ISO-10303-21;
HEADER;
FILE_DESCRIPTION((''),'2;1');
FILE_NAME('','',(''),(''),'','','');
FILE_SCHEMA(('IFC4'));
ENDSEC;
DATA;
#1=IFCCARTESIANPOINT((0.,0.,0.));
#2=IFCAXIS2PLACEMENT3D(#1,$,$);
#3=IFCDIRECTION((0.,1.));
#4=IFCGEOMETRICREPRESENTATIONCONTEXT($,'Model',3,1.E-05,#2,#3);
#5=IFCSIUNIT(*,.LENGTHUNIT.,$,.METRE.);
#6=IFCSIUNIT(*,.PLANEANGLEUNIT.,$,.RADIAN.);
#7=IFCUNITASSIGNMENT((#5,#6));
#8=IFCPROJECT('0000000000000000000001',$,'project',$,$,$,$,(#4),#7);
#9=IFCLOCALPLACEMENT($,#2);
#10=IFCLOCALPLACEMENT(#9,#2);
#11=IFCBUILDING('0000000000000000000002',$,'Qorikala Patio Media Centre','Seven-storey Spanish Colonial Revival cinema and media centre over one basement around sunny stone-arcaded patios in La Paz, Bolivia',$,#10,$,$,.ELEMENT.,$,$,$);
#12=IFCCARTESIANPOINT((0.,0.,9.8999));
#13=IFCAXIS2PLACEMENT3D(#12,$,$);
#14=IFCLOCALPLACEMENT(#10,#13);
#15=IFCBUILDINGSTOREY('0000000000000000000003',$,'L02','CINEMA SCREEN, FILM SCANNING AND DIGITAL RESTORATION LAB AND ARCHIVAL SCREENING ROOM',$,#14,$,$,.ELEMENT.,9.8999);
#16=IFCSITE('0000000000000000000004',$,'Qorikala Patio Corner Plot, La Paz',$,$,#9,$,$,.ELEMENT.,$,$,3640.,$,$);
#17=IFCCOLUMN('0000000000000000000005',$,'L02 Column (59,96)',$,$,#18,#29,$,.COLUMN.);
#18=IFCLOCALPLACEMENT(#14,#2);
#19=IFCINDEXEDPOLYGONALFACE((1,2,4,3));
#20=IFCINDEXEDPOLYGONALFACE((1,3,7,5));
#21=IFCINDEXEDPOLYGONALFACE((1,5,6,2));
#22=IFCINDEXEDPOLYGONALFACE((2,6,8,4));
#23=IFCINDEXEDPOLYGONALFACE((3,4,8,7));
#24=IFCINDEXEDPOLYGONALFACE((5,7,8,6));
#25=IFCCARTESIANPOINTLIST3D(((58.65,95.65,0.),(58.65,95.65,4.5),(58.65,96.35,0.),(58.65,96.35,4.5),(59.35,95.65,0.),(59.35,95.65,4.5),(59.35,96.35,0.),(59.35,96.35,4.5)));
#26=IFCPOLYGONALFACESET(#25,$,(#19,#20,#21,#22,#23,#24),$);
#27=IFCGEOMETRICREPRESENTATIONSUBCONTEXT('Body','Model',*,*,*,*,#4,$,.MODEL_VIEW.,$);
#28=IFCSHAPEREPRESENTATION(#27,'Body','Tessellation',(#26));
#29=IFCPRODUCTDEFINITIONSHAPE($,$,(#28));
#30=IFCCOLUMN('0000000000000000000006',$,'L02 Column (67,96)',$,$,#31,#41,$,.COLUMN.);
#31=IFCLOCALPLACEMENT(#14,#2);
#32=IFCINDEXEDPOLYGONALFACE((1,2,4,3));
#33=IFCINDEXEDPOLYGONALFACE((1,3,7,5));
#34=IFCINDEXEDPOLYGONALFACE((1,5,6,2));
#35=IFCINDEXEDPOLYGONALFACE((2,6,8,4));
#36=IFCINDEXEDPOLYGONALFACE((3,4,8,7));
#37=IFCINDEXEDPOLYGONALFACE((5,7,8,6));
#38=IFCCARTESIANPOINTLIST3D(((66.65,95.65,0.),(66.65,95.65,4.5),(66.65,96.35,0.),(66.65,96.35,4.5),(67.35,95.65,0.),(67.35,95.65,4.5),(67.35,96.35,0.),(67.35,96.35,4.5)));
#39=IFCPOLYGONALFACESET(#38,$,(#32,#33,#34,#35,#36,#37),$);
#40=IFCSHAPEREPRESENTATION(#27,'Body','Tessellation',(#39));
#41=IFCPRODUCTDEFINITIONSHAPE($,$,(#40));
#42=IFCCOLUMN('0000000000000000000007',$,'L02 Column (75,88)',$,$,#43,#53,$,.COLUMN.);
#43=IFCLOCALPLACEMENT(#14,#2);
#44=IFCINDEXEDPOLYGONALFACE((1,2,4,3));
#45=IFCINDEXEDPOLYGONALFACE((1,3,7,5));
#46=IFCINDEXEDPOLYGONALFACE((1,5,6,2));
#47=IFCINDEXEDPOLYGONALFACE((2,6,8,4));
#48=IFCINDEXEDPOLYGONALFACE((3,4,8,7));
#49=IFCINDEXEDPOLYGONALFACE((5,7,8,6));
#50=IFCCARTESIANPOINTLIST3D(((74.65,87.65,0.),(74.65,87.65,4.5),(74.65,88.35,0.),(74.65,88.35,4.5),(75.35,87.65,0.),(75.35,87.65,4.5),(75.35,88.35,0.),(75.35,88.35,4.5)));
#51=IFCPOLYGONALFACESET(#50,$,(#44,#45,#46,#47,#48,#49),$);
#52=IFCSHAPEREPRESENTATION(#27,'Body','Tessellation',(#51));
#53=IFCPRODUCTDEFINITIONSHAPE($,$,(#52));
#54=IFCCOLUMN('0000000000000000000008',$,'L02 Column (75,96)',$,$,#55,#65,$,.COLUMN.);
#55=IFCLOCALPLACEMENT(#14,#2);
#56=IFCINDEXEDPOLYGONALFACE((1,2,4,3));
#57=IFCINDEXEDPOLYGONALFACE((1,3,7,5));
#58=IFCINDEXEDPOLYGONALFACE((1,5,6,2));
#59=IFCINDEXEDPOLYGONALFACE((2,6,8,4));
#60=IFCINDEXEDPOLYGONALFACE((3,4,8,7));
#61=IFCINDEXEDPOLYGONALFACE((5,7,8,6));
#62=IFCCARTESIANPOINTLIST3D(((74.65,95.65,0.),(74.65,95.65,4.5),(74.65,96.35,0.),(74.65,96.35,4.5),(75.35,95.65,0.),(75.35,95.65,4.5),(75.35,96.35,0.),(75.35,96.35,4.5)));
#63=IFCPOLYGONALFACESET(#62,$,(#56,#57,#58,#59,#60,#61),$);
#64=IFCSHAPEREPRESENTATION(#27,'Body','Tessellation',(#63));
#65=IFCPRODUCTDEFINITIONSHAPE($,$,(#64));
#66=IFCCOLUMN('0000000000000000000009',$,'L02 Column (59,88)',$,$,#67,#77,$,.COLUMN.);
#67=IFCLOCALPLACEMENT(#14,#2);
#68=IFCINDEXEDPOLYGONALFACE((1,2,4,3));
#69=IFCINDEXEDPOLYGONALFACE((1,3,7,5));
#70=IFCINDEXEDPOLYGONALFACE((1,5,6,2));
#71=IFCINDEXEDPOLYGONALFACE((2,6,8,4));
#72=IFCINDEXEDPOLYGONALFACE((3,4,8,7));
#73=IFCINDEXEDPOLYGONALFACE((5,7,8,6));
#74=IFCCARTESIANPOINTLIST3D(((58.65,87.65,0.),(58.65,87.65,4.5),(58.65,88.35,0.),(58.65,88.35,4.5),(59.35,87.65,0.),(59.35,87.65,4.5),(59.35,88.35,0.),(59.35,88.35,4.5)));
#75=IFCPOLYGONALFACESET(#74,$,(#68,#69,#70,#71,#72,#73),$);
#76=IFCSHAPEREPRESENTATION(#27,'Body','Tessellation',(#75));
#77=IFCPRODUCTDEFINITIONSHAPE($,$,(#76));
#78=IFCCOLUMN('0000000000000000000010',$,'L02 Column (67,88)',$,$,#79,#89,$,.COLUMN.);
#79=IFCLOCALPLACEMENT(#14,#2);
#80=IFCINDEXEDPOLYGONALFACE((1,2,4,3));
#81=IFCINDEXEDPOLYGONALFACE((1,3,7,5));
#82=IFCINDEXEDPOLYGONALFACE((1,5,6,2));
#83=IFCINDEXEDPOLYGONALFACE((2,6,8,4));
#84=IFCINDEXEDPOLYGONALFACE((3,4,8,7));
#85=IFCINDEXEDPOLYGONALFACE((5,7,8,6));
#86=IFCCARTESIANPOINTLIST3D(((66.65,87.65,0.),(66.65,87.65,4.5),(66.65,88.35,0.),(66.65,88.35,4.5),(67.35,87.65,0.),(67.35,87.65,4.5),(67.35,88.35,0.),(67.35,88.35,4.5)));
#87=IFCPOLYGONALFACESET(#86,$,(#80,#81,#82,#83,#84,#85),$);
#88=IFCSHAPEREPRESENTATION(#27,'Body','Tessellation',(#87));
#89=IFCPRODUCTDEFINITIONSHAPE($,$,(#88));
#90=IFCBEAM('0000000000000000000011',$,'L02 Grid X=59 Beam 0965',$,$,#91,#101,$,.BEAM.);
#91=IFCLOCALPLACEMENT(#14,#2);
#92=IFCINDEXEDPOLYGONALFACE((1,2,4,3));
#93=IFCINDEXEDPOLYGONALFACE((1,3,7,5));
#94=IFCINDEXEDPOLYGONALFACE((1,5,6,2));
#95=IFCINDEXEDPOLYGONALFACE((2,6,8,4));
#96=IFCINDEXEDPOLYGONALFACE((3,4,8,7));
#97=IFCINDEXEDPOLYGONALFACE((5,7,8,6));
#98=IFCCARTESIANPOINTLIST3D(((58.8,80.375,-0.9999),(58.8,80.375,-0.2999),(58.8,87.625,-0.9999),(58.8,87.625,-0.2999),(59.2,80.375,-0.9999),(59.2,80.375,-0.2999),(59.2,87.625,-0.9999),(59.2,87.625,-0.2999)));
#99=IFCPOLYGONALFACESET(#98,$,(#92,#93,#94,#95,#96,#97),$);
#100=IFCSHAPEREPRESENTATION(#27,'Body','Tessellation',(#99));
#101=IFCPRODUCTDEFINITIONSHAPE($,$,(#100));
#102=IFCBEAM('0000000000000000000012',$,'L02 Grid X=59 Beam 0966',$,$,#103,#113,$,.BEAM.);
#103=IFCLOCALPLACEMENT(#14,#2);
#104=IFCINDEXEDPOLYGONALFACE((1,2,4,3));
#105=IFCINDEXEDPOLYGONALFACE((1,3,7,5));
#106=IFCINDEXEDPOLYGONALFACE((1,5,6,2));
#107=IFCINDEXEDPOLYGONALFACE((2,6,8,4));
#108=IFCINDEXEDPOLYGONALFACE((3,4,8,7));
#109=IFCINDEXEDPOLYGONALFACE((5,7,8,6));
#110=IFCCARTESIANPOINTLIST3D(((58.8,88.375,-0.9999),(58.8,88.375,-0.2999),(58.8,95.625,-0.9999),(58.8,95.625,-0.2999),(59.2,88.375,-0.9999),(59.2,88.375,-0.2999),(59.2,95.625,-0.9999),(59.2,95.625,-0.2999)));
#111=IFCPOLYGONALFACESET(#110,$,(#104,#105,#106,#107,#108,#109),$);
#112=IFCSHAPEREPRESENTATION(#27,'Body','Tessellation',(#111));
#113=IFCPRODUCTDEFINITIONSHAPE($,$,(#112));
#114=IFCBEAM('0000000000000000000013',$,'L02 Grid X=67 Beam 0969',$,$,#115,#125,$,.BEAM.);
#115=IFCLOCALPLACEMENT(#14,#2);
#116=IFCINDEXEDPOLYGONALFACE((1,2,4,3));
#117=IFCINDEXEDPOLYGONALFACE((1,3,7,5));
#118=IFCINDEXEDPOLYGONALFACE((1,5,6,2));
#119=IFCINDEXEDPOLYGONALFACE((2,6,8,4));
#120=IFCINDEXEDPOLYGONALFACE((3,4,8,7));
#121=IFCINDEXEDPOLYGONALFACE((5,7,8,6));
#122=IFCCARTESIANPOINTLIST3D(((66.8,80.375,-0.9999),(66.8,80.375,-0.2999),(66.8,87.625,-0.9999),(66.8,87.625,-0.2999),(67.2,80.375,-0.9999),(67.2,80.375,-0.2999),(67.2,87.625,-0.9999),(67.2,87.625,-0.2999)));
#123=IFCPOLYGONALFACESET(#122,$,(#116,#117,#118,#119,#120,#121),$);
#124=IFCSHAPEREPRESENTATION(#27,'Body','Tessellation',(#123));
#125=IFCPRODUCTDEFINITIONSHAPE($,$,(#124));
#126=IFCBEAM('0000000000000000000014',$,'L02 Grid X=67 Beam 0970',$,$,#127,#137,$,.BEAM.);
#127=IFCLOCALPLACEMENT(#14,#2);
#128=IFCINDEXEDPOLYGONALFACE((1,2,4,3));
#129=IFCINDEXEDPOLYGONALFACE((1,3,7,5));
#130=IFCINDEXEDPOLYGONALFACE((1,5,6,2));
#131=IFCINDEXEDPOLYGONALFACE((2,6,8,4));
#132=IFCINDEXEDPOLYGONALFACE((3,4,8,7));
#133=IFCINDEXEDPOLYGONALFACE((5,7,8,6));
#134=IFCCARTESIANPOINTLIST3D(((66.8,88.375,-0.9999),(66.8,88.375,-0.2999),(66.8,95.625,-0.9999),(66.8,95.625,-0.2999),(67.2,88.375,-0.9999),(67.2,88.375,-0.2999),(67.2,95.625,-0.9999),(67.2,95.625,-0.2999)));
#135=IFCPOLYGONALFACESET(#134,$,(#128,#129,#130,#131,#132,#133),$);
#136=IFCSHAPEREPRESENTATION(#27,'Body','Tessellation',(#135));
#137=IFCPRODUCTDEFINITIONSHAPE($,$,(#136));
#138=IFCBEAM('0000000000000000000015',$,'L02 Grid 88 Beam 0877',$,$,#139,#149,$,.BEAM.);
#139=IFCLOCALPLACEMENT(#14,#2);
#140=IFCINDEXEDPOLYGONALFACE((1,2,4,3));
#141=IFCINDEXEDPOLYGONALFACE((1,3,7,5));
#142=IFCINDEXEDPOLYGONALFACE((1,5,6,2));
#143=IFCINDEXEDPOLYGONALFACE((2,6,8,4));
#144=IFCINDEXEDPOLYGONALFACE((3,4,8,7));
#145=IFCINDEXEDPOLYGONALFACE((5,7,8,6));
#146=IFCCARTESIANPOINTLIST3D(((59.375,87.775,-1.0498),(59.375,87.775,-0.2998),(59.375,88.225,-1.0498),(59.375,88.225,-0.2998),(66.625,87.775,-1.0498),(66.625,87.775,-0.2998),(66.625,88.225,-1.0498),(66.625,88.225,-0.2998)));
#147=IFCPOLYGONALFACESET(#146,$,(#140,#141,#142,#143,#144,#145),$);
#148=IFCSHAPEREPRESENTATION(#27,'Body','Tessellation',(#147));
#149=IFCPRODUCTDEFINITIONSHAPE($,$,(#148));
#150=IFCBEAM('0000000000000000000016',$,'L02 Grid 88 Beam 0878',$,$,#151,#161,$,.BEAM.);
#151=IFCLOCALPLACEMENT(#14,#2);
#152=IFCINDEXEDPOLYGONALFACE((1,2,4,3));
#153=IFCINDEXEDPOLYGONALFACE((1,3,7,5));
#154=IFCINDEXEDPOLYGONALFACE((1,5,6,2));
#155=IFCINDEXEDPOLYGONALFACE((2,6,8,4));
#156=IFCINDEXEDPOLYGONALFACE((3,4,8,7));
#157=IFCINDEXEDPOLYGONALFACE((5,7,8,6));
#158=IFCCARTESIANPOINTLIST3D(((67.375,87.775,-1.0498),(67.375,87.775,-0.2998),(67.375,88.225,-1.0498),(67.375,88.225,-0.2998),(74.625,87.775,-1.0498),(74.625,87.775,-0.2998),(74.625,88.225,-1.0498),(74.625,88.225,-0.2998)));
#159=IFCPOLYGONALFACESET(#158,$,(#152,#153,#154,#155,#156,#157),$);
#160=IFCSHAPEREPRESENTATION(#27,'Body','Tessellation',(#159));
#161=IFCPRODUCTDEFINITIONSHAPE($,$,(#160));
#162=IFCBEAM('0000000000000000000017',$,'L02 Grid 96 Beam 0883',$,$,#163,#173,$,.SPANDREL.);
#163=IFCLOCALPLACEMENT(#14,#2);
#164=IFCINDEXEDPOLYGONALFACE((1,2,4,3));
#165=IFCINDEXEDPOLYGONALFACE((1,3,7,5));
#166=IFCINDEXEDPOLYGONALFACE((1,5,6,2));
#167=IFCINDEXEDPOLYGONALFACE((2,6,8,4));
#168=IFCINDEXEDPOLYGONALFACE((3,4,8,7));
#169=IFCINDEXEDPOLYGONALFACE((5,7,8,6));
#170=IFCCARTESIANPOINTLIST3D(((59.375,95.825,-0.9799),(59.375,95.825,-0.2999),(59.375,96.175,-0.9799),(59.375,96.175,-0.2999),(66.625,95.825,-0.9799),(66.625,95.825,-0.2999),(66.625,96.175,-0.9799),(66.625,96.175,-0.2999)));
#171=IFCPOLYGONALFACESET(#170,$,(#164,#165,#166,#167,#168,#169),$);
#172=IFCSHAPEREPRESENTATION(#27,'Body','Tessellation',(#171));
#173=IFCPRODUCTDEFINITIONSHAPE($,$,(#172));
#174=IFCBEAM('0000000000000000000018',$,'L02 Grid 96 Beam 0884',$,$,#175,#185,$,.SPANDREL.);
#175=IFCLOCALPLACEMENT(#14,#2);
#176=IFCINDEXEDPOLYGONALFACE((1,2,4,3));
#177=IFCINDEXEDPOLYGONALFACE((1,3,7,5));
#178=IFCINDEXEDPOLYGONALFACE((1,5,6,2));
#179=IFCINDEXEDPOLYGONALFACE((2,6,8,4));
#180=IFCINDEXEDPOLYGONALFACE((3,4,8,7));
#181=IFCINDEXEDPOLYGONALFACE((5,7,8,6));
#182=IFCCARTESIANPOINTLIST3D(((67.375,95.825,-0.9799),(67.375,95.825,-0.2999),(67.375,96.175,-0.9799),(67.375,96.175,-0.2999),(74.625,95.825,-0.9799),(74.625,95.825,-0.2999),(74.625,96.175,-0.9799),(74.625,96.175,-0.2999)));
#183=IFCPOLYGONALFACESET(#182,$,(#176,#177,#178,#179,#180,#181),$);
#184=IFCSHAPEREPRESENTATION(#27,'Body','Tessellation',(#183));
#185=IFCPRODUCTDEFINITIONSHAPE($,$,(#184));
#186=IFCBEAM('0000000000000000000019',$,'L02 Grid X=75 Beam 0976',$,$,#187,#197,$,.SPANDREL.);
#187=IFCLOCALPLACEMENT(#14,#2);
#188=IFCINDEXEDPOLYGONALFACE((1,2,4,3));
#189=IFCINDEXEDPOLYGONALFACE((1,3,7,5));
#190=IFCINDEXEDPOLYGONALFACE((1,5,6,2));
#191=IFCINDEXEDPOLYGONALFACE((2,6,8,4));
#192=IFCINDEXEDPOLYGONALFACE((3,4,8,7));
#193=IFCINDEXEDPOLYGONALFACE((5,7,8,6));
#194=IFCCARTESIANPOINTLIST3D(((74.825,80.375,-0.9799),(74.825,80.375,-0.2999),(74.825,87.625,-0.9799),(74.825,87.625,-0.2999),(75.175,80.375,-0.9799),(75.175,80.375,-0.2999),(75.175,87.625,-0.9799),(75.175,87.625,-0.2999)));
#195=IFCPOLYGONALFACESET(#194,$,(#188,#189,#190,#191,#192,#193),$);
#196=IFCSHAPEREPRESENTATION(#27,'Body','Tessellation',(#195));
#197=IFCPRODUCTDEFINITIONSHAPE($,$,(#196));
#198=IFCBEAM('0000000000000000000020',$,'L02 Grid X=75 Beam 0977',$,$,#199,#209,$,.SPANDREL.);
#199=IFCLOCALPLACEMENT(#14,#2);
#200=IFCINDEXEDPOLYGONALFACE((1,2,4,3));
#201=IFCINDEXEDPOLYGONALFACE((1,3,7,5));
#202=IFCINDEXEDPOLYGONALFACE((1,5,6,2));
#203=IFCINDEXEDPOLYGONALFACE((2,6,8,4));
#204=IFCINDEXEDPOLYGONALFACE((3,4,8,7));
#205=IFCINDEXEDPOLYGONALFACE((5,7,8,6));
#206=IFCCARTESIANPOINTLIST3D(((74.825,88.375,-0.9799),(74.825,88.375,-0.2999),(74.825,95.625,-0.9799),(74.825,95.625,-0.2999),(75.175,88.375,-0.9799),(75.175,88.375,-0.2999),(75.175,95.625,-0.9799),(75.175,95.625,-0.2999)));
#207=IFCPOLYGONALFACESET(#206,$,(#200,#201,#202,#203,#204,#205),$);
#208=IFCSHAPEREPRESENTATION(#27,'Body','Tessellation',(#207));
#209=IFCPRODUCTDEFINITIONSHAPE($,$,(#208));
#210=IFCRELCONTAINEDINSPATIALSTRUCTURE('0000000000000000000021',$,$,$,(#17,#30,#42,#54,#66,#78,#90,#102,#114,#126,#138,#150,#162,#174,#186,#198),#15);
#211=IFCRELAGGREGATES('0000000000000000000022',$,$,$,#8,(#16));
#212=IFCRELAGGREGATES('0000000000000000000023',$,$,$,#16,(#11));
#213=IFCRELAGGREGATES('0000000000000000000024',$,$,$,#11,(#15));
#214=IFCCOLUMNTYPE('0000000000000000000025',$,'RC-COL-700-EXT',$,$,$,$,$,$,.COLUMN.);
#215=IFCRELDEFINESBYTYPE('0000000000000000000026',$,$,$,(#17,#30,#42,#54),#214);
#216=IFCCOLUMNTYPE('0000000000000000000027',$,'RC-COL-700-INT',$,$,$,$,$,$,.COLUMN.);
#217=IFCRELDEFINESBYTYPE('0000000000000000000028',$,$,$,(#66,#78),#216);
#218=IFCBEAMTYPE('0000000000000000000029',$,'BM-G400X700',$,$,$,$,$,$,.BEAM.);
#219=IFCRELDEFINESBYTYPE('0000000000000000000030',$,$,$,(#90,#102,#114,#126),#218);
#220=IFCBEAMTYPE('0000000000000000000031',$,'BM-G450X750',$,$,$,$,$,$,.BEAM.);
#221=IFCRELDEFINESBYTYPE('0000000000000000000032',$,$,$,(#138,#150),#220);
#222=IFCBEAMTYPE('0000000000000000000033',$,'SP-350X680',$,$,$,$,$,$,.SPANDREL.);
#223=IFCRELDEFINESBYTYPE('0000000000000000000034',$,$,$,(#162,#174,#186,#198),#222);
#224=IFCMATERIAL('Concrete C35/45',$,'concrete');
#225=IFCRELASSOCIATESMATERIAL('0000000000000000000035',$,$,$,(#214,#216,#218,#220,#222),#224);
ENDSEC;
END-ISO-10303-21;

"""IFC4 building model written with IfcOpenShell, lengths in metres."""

from ifc_helpers import new_model, si_unit, direction, frame, origin, origin_2d, place, context, subcontext, project, spatial, rectangle, extrude, material, material_profile, profile_set, type_object, element, save


model = new_model("IFC4")

# Units and contexts
model_context = context("Model", 3, precision=1e-05, world=origin(), true_north=direction((0.0, 1.0)))
body_context = subcontext(model_context, "Body", "Model", "MODEL_VIEW")
ifc_project = project(units=[si_unit("LENGTHUNIT", "METRE"), si_unit("PLANEANGLEUNIT", "RADIAN")], contexts=[model_context])

# Site, building, storey
site_placement = place(None, origin())
site = spatial("IfcSite", under=ifc_project, at=site_placement, Name="Qorikala Patio Corner Plot, La Paz", CompositionType="ELEMENT", RefElevation=3640.0)
building_placement = place(site_placement, origin())
building = spatial("IfcBuilding", under=site, at=building_placement, Name="Qorikala Patio Media Centre", Description="Seven-storey Spanish Colonial Revival cinema and media centre over one basement around sunny stone-arcaded patios in La Paz, Bolivia", CompositionType="ELEMENT")
storey_placement = place(building_placement, frame((0.0, 0.0, 9.8999)))
storey = spatial("IfcBuildingStorey", under=building, at=storey_placement, Name="L02", Description="CINEMA SCREEN, FILM SCANNING AND DIGITAL RESTORATION LAB AND ARCHIVAL SCREENING ROOM", CompositionType="ELEMENT", Elevation=9.8999)

# Columns
ifc_material_1 = material(Name="Concrete C35/45", Category="concrete")
ifc_material_profile_1 = material_profile(ifc_material_1, rectangle(XDim=0.7, YDim=0.7, at=origin_2d()), Name="RC 700x700")
ifc_profile_set_1 = profile_set([ifc_material_profile_1], Name="Concrete C35/45")
column_type_1 = type_object("IfcColumnType", Name="RC-COL-700-EXT", PredefinedType="COLUMN", material=ifc_profile_set_1)
for number, where, z_axis, x_axis, name in (
    (1, (59.0, 96.0, 0.0), (0.0, 0.0, 1.0), (1.0, 0.0, 0.0), "L02 Column (59,96)"),
    (2, (67.0, 96.0, 0.0), (0.0, 0.0, 1.0), (1.0, 0.0, 0.0), "L02 Column (67,96)"),
    (3, (75.0, 88.0, 0.0), (0.0, 0.0, 1.0), (1.0, 0.0, 0.0), "L02 Column (75,88)"),
    (4, (75.0, 96.0, 0.0), (0.0, 0.0, 1.0), (1.0, 0.0, 0.0), "L02 Column (75,96)"),
):
    element("IfcColumn", number, at=place(storey_placement, frame(where, z_axis=z_axis, x_axis=x_axis)), inside=storey, type_object=column_type_1, Name=name, PredefinedType="COLUMN", context=body_context, shape_type="SweptSolid", body=[
        extrude(rectangle(XDim=0.7, YDim=0.7, at=origin_2d()), origin(), (0.0, 0.0, 1.0), 4.5),
    ])
ifc_material_profile_2 = material_profile(ifc_material_1, rectangle(XDim=0.7, YDim=0.7, at=origin_2d()), Name="RC 700x700")
ifc_profile_set_2 = profile_set([ifc_material_profile_2], Name="Concrete C35/45")
column_type_2 = type_object("IfcColumnType", Name="RC-COL-700-INT", PredefinedType="COLUMN", material=ifc_profile_set_2)
for number, where, z_axis, x_axis, name in (
    (5, (59.0, 88.0, 0.0), (0.0, 0.0, 1.0), (1.0, 0.0, 0.0), "L02 Column (59,88)"),
    (6, (67.0, 88.0, 0.0), (0.0, 0.0, 1.0), (1.0, 0.0, 0.0), "L02 Column (67,88)"),
):
    element("IfcColumn", number, at=place(storey_placement, frame(where, z_axis=z_axis, x_axis=x_axis)), inside=storey, type_object=column_type_2, Name=name, PredefinedType="COLUMN", context=body_context, shape_type="SweptSolid", body=[
        extrude(rectangle(XDim=0.7, YDim=0.7, at=origin_2d()), origin(), (0.0, 0.0, 1.0), 4.5),
    ])

# Beams
ifc_material_profile_3 = material_profile(ifc_material_1, rectangle(XDim=0.3999, YDim=0.7, at=origin_2d()), Name="RC 400x700")
ifc_profile_set_3 = profile_set([ifc_material_profile_3], Name="Concrete C35/45")
beam_type_1 = type_object("IfcBeamType", Name="BM-G400X700", PredefinedType="BEAM", material=ifc_profile_set_3)
for number, where, z_axis, x_axis, name in (
    (7, (59.0, 80.375, -0.6499), (0.0, 1.0, 0.0), (-1.0, 0.0, 0.0), "L02 Grid X=59 Beam 0965"),
    (8, (59.0, 88.375, -0.6499), (0.0, 1.0, 0.0), (-1.0, 0.0, 0.0), "L02 Grid X=59 Beam 0966"),
    (9, (67.0, 80.375, -0.6499), (0.0, 1.0, 0.0), (-1.0, 0.0, 0.0), "L02 Grid X=67 Beam 0969"),
    (10, (67.0, 88.375, -0.6499), (0.0, 1.0, 0.0), (-1.0, 0.0, 0.0), "L02 Grid X=67 Beam 0970"),
):
    element("IfcBeam", number, at=place(storey_placement, frame(where, z_axis=z_axis, x_axis=x_axis)), inside=storey, type_object=beam_type_1, Name=name, PredefinedType="BEAM", context=body_context, shape_type="SweptSolid", body=[
        extrude(rectangle(XDim=0.3999, YDim=0.7, at=origin_2d()), origin(), (0.0, 0.0, 1.0), 7.25),
    ])
ifc_material_profile_4 = material_profile(ifc_material_1, rectangle(XDim=0.45, YDim=0.75, at=origin_2d()), Name="RC 450x750")
ifc_profile_set_4 = profile_set([ifc_material_profile_4], Name="Concrete C35/45")
beam_type_2 = type_object("IfcBeamType", Name="BM-G450X750", PredefinedType="BEAM", material=ifc_profile_set_4)
for number, where, z_axis, x_axis, name in (
    (11, (59.375, 88.0, -0.6748), (1.0, 0.0, 0.0), (0.0, 1.0, 0.0), "L02 Grid 88 Beam 0877"),
    (12, (67.375, 88.0, -0.6748), (1.0, 0.0, 0.0), (0.0, 1.0, 0.0), "L02 Grid 88 Beam 0878"),
):
    element("IfcBeam", number, at=place(storey_placement, frame(where, z_axis=z_axis, x_axis=x_axis)), inside=storey, type_object=beam_type_2, Name=name, PredefinedType="BEAM", context=body_context, shape_type="SweptSolid", body=[
        extrude(rectangle(XDim=0.45, YDim=0.75, at=origin_2d()), origin(), (0.0, 0.0, 1.0), 7.25),
    ])
ifc_material_profile_5 = material_profile(ifc_material_1, rectangle(XDim=0.3501, YDim=0.6799, at=origin_2d()), Name="RC 350x680")
ifc_profile_set_5 = profile_set([ifc_material_profile_5], Name="Concrete C35/45")
beam_type_3 = type_object("IfcBeamType", Name="SP-350X680", PredefinedType="SPANDREL", material=ifc_profile_set_5)
for number, where, z_axis, x_axis, name in (
    (13, (59.375, 96.0, -0.6399), (1.0, 0.0, 0.0), (0.0, 1.0, 0.0), "L02 Grid 96 Beam 0883"),
    (14, (67.375, 96.0, -0.6399), (1.0, 0.0, 0.0), (0.0, 1.0, 0.0), "L02 Grid 96 Beam 0884"),
    (15, (75.0, 80.375, -0.6399), (0.0, 1.0, 0.0), (-1.0, 0.0, 0.0), "L02 Grid X=75 Beam 0976"),
    (16, (75.0, 88.375, -0.6399), (0.0, 1.0, 0.0), (-1.0, 0.0, 0.0), "L02 Grid X=75 Beam 0977"),
):
    element("IfcBeam", number, at=place(storey_placement, frame(where, z_axis=z_axis, x_axis=x_axis)), inside=storey, type_object=beam_type_3, Name=name, PredefinedType="SPANDREL", context=body_context, shape_type="SweptSolid", body=[
        extrude(rectangle(XDim=0.3501, YDim=0.6799, at=origin_2d()), origin(), (0.0, 0.0, 1.0), 7.25),
    ])

save(model, "model.ifc")
